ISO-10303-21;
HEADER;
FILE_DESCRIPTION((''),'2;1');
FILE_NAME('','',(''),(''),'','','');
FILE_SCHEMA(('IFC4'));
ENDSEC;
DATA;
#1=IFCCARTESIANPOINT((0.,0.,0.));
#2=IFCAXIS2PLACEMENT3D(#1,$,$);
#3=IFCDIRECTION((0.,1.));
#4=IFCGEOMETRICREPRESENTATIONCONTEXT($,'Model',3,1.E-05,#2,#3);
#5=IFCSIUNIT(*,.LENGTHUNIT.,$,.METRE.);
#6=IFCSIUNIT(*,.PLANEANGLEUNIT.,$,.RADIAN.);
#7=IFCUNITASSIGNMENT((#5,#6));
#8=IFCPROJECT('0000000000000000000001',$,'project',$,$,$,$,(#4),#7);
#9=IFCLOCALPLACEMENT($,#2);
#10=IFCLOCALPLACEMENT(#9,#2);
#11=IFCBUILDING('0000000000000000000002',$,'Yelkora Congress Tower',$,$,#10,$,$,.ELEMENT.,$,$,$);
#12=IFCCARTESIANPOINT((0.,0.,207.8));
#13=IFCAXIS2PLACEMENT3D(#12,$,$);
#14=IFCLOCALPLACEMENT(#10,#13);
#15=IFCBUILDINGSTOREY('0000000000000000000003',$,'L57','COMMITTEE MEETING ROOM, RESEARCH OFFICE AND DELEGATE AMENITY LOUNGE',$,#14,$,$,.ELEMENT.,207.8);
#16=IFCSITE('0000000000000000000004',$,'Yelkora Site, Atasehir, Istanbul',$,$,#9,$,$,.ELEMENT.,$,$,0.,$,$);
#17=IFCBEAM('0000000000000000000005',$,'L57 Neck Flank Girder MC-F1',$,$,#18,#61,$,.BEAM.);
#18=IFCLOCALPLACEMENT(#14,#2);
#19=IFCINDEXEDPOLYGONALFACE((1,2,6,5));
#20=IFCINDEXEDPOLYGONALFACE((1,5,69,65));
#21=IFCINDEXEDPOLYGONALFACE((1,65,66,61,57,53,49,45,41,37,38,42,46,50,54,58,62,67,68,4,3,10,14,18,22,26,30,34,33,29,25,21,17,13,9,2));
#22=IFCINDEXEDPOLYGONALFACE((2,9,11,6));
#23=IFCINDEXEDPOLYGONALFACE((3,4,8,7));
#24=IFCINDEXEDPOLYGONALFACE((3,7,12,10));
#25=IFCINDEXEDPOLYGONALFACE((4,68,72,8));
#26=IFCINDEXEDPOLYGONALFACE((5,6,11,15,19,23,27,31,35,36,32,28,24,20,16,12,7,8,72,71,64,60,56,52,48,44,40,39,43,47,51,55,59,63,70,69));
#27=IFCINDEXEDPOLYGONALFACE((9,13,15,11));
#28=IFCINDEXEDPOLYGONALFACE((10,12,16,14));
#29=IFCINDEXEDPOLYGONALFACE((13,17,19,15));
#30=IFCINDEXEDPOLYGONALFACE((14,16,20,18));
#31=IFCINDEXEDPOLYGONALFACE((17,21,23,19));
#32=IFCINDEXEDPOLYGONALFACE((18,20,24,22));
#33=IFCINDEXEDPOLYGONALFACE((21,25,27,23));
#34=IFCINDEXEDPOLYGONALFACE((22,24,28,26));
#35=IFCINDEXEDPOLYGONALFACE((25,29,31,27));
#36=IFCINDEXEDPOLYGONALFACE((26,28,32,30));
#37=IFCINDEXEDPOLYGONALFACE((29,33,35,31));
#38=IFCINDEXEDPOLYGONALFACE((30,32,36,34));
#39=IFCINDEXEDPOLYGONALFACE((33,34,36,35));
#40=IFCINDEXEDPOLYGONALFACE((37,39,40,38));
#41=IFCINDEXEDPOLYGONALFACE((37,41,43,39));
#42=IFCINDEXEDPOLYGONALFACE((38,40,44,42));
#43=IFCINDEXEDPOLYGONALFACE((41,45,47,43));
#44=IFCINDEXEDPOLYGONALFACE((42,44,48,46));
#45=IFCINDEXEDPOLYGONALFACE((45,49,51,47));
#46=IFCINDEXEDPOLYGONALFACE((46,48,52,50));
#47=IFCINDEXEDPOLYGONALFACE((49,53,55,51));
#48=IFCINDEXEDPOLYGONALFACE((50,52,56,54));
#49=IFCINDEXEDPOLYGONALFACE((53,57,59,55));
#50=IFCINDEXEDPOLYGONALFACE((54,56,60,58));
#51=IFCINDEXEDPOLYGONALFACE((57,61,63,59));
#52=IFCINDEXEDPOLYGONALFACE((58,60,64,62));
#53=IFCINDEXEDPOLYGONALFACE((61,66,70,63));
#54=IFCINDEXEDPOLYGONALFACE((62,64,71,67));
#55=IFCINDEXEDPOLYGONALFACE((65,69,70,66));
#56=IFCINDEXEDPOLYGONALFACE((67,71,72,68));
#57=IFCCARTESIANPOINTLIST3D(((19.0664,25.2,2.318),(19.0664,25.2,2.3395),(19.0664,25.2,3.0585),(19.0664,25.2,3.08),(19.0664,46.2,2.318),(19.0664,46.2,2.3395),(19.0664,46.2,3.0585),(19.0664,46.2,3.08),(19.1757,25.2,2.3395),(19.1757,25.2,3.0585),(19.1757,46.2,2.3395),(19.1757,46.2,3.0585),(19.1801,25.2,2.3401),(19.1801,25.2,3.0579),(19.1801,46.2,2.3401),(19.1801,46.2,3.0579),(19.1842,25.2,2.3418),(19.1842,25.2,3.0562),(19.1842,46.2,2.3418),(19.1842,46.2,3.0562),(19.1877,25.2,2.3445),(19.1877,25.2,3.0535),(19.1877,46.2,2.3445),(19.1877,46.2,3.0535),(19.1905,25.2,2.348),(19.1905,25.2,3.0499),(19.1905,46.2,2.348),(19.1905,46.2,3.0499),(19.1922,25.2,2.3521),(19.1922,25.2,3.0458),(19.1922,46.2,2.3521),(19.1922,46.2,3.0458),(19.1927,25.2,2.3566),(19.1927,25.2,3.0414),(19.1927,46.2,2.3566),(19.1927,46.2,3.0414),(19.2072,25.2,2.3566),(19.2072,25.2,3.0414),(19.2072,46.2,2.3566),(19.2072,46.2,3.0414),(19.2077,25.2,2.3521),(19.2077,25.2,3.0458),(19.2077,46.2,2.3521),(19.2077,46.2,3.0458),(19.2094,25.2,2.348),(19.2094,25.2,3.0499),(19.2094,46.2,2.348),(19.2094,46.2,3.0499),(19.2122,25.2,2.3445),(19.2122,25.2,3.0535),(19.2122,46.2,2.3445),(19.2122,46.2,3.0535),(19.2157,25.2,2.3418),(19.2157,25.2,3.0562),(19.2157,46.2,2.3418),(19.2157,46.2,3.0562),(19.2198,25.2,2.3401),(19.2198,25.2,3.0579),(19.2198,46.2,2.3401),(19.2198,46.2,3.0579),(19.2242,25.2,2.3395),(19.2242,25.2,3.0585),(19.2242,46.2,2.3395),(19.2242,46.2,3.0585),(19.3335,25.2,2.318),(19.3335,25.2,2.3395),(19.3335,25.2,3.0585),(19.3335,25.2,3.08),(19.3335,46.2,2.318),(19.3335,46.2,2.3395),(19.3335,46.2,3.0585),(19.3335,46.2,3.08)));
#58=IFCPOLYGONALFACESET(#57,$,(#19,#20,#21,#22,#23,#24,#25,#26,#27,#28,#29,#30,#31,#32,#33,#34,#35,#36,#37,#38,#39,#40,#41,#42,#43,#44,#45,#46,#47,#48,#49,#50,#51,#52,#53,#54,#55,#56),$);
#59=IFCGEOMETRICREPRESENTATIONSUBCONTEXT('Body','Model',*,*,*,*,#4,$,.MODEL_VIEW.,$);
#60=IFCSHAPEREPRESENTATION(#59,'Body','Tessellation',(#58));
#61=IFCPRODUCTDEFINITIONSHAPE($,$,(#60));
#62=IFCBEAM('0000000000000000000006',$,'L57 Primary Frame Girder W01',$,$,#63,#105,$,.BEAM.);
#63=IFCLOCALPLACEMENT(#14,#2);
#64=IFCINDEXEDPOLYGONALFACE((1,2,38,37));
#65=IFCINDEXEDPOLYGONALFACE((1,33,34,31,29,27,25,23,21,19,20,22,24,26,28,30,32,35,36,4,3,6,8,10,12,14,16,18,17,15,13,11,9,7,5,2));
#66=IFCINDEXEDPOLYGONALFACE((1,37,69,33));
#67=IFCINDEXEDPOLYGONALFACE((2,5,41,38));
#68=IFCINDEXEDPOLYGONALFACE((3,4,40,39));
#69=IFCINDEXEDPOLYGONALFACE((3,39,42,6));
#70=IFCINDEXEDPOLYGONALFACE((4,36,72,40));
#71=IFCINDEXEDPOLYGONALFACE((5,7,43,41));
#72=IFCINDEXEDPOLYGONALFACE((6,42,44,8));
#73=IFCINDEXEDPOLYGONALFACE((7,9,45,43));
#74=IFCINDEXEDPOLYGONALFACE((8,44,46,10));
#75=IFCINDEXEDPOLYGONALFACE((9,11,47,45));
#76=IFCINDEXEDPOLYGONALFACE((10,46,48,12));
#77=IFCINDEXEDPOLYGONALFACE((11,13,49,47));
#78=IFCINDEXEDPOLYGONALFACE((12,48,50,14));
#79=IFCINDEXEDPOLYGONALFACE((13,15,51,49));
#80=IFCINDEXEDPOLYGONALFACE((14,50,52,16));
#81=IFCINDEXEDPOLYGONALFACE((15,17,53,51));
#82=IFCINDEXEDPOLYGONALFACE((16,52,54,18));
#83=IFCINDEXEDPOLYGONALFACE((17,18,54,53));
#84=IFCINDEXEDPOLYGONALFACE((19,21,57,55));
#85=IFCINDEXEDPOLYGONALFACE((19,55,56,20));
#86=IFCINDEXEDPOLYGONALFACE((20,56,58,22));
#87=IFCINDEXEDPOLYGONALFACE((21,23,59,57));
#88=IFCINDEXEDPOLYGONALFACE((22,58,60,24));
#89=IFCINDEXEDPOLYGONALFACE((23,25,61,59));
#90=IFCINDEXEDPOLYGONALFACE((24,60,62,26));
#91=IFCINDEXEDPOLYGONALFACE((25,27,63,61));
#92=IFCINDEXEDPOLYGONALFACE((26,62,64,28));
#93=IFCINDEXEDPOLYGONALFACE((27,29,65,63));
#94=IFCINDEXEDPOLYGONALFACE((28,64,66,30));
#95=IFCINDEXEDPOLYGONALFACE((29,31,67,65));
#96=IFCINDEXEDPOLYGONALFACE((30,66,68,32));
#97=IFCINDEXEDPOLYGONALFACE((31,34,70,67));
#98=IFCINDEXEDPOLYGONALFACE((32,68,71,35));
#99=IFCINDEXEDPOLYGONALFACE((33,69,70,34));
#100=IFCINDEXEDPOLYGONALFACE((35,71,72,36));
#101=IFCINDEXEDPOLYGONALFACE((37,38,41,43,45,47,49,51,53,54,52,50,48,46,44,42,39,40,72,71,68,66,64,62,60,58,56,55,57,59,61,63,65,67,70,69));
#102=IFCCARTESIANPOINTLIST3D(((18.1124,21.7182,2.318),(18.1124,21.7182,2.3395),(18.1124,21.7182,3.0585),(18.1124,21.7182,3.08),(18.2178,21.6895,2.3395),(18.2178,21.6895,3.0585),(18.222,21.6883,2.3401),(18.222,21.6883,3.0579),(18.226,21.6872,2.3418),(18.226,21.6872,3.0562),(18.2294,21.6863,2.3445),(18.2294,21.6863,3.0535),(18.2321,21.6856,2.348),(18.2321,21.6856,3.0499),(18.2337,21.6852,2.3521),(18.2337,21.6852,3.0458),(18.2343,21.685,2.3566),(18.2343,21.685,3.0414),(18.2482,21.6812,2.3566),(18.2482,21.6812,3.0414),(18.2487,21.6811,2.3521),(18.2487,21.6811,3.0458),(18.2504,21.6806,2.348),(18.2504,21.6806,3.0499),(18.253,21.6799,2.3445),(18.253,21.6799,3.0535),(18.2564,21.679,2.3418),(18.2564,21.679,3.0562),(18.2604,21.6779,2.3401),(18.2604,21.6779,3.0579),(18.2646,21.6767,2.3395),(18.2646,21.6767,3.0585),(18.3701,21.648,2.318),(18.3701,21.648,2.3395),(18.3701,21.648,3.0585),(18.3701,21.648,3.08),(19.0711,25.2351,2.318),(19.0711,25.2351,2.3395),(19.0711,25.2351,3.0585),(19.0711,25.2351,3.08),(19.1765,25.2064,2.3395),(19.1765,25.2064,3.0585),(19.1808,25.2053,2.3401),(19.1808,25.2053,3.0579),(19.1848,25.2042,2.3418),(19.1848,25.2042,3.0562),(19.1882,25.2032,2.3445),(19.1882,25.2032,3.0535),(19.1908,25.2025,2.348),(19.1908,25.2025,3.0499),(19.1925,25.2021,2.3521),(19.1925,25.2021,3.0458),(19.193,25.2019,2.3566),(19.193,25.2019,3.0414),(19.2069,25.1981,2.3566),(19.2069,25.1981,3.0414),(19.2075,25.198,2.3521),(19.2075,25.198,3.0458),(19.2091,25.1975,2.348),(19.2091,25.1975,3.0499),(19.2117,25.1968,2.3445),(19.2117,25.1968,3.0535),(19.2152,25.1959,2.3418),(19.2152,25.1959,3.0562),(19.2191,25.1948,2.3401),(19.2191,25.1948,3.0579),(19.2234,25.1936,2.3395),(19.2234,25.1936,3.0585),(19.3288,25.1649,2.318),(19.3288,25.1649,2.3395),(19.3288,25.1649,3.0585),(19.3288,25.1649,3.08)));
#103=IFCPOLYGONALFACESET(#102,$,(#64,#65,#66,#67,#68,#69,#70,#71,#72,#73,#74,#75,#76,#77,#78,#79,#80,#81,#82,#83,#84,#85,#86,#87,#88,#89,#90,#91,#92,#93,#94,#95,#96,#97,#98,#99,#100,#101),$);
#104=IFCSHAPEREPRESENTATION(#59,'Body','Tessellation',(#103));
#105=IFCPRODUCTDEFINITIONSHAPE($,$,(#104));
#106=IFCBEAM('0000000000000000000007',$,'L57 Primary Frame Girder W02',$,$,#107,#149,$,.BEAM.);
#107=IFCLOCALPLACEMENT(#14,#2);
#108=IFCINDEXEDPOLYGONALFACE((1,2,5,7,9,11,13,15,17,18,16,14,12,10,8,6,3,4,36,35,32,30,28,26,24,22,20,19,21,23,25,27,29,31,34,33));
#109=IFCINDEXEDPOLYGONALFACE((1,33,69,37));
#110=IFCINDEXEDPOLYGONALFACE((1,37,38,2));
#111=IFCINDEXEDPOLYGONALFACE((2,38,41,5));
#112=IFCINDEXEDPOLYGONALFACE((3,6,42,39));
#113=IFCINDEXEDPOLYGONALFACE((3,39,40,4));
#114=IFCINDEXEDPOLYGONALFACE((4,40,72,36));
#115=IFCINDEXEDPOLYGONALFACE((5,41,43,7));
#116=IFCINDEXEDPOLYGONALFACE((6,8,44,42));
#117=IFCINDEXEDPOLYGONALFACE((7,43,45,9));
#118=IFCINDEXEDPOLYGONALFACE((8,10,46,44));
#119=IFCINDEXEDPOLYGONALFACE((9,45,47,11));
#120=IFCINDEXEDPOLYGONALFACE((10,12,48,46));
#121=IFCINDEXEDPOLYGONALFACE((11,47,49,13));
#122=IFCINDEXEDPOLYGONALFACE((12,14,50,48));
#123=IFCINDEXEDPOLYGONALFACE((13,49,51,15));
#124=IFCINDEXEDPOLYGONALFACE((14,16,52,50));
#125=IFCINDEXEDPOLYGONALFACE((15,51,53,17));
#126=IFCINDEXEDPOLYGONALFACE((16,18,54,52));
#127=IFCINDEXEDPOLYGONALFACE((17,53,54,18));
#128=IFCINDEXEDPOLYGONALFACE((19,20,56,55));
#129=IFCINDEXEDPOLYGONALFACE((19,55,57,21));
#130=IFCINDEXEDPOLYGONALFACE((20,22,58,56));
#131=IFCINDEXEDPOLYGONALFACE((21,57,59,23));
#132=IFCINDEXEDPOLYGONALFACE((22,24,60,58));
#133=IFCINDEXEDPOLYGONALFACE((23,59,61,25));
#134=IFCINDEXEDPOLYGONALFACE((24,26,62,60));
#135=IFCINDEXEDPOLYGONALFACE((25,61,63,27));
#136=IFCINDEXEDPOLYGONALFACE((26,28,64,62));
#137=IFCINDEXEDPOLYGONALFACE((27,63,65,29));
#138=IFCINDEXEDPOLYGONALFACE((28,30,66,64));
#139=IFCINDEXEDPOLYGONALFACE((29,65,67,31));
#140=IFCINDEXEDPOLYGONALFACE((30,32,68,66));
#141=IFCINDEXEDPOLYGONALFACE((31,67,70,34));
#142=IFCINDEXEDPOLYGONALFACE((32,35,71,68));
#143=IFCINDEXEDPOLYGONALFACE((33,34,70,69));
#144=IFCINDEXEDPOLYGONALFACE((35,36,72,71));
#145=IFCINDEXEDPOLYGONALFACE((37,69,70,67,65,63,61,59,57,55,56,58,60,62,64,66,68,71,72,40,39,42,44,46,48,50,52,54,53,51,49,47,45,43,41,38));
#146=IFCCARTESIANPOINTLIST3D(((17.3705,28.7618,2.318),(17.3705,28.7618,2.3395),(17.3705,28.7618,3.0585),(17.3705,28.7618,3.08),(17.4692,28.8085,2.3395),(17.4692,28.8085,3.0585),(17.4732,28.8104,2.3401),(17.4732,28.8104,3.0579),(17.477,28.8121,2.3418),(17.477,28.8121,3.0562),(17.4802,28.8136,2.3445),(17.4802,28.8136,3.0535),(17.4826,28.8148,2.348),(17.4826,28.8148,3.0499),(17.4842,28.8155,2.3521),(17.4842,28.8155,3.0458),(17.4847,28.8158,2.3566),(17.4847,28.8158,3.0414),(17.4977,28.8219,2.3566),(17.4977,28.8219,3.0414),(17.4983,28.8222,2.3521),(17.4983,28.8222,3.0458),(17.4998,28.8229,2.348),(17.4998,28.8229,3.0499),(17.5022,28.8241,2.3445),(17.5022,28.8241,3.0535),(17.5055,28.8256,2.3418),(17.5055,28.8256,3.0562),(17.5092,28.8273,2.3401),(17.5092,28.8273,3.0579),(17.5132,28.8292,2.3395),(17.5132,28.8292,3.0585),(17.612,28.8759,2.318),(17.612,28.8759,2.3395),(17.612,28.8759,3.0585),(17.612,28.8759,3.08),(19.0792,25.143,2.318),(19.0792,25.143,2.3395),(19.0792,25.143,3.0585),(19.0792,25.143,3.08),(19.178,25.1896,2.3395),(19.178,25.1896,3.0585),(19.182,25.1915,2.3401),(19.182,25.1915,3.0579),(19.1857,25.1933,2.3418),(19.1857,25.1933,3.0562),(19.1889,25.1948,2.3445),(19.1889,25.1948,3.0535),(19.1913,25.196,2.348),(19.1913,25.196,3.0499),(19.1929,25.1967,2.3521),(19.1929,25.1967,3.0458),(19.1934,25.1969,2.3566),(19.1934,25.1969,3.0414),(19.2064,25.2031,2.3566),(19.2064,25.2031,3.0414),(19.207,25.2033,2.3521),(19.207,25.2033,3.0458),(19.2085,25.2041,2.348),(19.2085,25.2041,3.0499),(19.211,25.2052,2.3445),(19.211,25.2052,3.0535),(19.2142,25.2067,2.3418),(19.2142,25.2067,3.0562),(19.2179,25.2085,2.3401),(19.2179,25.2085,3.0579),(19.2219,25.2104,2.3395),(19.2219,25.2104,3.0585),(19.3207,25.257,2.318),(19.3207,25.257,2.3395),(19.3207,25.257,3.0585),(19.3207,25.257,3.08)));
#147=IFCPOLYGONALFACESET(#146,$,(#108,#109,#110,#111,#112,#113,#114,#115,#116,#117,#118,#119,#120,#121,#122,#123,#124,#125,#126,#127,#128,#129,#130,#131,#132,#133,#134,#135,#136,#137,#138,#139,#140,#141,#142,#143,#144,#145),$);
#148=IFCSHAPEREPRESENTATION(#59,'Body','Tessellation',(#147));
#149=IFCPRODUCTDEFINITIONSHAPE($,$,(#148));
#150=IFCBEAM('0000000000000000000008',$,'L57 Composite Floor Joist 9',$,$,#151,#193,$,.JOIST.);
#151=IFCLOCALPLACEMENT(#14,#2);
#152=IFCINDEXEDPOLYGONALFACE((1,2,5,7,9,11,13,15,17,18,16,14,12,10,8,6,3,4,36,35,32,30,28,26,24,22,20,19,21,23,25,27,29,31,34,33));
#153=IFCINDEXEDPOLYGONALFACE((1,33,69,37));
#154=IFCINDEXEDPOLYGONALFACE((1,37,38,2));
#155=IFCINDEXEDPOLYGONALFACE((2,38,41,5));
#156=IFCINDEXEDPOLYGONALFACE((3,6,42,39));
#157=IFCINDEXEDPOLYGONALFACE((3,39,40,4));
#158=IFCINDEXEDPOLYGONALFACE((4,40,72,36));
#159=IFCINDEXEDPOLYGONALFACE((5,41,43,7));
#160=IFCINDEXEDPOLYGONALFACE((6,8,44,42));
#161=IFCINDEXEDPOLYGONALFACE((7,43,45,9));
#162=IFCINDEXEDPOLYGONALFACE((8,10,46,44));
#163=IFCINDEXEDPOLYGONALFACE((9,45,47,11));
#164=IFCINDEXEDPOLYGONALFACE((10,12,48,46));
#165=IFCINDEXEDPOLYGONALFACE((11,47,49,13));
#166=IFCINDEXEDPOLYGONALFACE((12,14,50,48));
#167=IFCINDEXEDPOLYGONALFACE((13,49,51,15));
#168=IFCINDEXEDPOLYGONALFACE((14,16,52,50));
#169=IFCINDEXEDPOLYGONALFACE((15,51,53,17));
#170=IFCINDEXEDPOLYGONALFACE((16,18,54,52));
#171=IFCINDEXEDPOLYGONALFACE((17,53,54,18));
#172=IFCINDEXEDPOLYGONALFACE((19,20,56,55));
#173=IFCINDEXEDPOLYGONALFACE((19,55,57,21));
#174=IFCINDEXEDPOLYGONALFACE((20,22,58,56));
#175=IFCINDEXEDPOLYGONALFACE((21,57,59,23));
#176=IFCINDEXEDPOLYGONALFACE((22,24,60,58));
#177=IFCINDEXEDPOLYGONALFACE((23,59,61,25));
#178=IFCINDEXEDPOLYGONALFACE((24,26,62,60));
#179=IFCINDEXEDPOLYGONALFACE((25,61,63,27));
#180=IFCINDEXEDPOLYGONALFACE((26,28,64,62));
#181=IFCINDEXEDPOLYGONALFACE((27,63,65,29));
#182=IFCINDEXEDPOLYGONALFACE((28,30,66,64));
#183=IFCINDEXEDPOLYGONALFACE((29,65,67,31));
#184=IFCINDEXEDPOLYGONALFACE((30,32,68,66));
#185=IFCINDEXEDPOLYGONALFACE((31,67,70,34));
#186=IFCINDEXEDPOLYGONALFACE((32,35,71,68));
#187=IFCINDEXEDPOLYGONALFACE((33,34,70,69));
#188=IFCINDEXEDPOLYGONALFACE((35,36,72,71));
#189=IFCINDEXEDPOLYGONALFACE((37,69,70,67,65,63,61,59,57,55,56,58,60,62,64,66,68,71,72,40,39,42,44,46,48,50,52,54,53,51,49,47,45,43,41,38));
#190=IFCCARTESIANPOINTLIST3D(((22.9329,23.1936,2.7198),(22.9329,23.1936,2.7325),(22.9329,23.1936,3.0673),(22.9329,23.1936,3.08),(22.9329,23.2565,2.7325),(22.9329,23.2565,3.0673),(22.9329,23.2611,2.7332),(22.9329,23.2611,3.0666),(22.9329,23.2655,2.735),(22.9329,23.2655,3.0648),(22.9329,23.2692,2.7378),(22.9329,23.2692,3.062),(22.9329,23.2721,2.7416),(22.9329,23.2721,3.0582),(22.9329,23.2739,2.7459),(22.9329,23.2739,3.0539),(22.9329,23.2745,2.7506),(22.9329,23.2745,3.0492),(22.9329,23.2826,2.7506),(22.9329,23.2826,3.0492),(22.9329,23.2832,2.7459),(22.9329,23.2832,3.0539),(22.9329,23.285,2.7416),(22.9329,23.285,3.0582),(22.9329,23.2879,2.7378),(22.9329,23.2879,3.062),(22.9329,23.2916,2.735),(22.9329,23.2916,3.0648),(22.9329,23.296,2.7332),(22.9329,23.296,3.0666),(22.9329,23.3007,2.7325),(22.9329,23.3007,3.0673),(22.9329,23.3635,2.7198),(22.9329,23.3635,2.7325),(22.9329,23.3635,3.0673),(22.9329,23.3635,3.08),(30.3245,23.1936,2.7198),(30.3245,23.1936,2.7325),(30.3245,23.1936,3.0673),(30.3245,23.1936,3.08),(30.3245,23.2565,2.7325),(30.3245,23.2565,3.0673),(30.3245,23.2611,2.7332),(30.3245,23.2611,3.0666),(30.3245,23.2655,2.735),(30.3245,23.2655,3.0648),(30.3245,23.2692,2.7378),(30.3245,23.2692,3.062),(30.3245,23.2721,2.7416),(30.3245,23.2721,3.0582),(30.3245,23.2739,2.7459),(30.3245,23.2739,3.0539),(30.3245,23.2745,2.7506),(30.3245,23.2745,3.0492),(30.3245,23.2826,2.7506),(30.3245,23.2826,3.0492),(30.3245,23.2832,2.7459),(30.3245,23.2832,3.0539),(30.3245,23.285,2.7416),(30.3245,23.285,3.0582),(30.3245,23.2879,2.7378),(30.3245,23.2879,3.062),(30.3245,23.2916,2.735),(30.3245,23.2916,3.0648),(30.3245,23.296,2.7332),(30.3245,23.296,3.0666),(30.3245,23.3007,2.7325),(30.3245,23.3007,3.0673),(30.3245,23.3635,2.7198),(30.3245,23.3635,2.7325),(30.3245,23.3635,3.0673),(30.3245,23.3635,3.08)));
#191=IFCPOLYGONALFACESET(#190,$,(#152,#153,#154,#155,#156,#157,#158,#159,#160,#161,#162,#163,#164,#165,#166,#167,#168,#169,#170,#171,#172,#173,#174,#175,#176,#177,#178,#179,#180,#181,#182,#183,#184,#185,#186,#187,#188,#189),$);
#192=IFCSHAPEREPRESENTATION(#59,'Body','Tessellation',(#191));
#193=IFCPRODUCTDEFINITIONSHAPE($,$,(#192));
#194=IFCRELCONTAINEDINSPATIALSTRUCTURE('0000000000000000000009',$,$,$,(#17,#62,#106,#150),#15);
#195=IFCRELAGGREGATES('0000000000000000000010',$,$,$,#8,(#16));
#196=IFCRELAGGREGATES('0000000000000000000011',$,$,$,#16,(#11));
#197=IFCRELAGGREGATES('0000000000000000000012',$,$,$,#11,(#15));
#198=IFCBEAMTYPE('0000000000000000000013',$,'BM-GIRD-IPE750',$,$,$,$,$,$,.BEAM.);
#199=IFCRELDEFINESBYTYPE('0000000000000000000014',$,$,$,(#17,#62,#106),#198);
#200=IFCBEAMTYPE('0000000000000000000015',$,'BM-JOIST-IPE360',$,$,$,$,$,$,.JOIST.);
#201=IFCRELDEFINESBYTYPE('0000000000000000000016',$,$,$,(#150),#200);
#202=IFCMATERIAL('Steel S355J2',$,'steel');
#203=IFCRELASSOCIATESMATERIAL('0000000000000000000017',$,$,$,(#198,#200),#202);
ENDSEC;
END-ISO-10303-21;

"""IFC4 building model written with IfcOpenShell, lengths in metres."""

from ifc_helpers import new_model, si_unit, direction, frame, origin, origin_2d, place, context, subcontext, project, spatial, i_section, extrude, material, material_profile, profile_set, type_object, element, save


model = new_model("IFC4")

# Units and contexts
model_context = context("Model", 3, precision=1e-05, world=origin(), true_north=direction((0.0, 1.0)))
body_context = subcontext(model_context, "Body", "Model", "MODEL_VIEW")
ifc_project = project(units=[si_unit("LENGTHUNIT", "METRE"), si_unit("PLANEANGLEUNIT", "RADIAN")], contexts=[model_context])

# Site, building, storey
site_placement = place(None, origin())
site = spatial("IfcSite", under=ifc_project, at=site_placement, Name="Yelkora Site, Atasehir, Istanbul", CompositionType="ELEMENT", RefElevation=0.0)
building_placement = place(site_placement, origin())
building = spatial("IfcBuilding", under=site, at=building_placement, Name="Yelkora Congress Tower", CompositionType="ELEMENT")
storey_placement = place(building_placement, frame((0.0, 0.0, 207.8)))
storey = spatial("IfcBuildingStorey", under=building, at=storey_placement, Name="L57", Description="COMMITTEE MEETING ROOM, RESEARCH OFFICE AND DELEGATE AMENITY LOUNGE", CompositionType="ELEMENT", Elevation=207.8)

# Shared definitions
ifc_material_1 = material(Name="Steel S355J2", Category="steel")

# Beams
ifc_material_profile_1 = material_profile(ifc_material_1, i_section(OverallWidth=0.2671, OverallDepth=0.762, WebThickness=0.0144, FlangeThickness=0.0215, FilletRadius=0.0171, at=origin_2d()), Name="IPE 750x173")
ifc_profile_set_1 = profile_set([ifc_material_profile_1], Name="Steel S355J2")
beam_type_1 = type_object("IfcBeamType", Name="BM-GIRD-IPE750", PredefinedType="BEAM", material=ifc_profile_set_1)
beam_1_placement = place(storey_placement, frame((19.2, 25.2, 2.699), z_axis=(0.0, 1.0, 0.0), x_axis=(-1.0, 0.0, 0.0)))
element("IfcBeam", 1, at=beam_1_placement, inside=storey, type_object=beam_type_1, Name="L57 Neck Flank Girder MC-F1", PredefinedType="BEAM", context=body_context, shape_type="SweptSolid", body=[
    extrude(i_section(OverallWidth=0.2671, OverallDepth=0.762, WebThickness=0.0144, FlangeThickness=0.0215, FilletRadius=0.0171, at=origin_2d()), origin(), (0.0, 0.0, 1.0), 21.0),
])
beam_2_placement = place(storey_placement, frame((18.2412, 21.6831, 2.699), z_axis=(0.263015, 0.964792, 0.0), x_axis=(-0.964792, 0.263015, 0.0)))
element("IfcBeam", 2, at=beam_2_placement, inside=storey, type_object=beam_type_1, Name="L57 Primary Frame Girder W01", PredefinedType="BEAM", context=body_context, shape_type="SweptSolid", body=[
    extrude(i_section(OverallWidth=0.2671, OverallDepth=0.762, WebThickness=0.0144, FlangeThickness=0.0215, FilletRadius=0.0171, at=origin_2d()), origin(), (0.0, 0.0, 1.0), 3.6453),
])
beam_3_placement = place(storey_placement, frame((17.4912, 28.8188, 2.699), z_axis=(0.426969, -0.904266, 0.0), x_axis=(0.904266, 0.426969, 0.0)))
element("IfcBeam", 3, at=beam_3_placement, inside=storey, type_object=beam_type_1, Name="L57 Primary Frame Girder W02", PredefinedType="BEAM", context=body_context, shape_type="SweptSolid", body=[
    extrude(i_section(OverallWidth=0.2671, OverallDepth=0.762, WebThickness=0.0144, FlangeThickness=0.0215, FilletRadius=0.0171, at=origin_2d()), origin(), (0.0, 0.0, 1.0), 4.002),
])
ifc_material_profile_2 = material_profile(ifc_material_1, i_section(OverallWidth=0.1699, OverallDepth=0.3601, WebThickness=0.0081, FlangeThickness=0.0127, FilletRadius=0.0181, at=origin_2d()), Name="IPE 360")
ifc_profile_set_2 = profile_set([ifc_material_profile_2], Name="Steel S355J2")
beam_type_2 = type_object("IfcBeamType", Name="BM-JOIST-IPE360", PredefinedType="JOIST", material=ifc_profile_set_2)
beam_4_placement = place(storey_placement, frame((22.9329, 23.2786, 2.8999), z_axis=(1.0, 0.0, 0.0), x_axis=(0.0, 1.0, 0.0)))
element("IfcBeam", 4, at=beam_4_placement, inside=storey, type_object=beam_type_2, Name="L57 Composite Floor Joist 9", PredefinedType="JOIST", context=body_context, shape_type="SweptSolid", body=[
    extrude(i_section(OverallWidth=0.1699, OverallDepth=0.3601, WebThickness=0.0081, FlangeThickness=0.0127, FilletRadius=0.0181, at=origin_2d()), origin(), (0.0, 0.0, 1.0), 7.3916),
])

save(model, "model.ifc")
